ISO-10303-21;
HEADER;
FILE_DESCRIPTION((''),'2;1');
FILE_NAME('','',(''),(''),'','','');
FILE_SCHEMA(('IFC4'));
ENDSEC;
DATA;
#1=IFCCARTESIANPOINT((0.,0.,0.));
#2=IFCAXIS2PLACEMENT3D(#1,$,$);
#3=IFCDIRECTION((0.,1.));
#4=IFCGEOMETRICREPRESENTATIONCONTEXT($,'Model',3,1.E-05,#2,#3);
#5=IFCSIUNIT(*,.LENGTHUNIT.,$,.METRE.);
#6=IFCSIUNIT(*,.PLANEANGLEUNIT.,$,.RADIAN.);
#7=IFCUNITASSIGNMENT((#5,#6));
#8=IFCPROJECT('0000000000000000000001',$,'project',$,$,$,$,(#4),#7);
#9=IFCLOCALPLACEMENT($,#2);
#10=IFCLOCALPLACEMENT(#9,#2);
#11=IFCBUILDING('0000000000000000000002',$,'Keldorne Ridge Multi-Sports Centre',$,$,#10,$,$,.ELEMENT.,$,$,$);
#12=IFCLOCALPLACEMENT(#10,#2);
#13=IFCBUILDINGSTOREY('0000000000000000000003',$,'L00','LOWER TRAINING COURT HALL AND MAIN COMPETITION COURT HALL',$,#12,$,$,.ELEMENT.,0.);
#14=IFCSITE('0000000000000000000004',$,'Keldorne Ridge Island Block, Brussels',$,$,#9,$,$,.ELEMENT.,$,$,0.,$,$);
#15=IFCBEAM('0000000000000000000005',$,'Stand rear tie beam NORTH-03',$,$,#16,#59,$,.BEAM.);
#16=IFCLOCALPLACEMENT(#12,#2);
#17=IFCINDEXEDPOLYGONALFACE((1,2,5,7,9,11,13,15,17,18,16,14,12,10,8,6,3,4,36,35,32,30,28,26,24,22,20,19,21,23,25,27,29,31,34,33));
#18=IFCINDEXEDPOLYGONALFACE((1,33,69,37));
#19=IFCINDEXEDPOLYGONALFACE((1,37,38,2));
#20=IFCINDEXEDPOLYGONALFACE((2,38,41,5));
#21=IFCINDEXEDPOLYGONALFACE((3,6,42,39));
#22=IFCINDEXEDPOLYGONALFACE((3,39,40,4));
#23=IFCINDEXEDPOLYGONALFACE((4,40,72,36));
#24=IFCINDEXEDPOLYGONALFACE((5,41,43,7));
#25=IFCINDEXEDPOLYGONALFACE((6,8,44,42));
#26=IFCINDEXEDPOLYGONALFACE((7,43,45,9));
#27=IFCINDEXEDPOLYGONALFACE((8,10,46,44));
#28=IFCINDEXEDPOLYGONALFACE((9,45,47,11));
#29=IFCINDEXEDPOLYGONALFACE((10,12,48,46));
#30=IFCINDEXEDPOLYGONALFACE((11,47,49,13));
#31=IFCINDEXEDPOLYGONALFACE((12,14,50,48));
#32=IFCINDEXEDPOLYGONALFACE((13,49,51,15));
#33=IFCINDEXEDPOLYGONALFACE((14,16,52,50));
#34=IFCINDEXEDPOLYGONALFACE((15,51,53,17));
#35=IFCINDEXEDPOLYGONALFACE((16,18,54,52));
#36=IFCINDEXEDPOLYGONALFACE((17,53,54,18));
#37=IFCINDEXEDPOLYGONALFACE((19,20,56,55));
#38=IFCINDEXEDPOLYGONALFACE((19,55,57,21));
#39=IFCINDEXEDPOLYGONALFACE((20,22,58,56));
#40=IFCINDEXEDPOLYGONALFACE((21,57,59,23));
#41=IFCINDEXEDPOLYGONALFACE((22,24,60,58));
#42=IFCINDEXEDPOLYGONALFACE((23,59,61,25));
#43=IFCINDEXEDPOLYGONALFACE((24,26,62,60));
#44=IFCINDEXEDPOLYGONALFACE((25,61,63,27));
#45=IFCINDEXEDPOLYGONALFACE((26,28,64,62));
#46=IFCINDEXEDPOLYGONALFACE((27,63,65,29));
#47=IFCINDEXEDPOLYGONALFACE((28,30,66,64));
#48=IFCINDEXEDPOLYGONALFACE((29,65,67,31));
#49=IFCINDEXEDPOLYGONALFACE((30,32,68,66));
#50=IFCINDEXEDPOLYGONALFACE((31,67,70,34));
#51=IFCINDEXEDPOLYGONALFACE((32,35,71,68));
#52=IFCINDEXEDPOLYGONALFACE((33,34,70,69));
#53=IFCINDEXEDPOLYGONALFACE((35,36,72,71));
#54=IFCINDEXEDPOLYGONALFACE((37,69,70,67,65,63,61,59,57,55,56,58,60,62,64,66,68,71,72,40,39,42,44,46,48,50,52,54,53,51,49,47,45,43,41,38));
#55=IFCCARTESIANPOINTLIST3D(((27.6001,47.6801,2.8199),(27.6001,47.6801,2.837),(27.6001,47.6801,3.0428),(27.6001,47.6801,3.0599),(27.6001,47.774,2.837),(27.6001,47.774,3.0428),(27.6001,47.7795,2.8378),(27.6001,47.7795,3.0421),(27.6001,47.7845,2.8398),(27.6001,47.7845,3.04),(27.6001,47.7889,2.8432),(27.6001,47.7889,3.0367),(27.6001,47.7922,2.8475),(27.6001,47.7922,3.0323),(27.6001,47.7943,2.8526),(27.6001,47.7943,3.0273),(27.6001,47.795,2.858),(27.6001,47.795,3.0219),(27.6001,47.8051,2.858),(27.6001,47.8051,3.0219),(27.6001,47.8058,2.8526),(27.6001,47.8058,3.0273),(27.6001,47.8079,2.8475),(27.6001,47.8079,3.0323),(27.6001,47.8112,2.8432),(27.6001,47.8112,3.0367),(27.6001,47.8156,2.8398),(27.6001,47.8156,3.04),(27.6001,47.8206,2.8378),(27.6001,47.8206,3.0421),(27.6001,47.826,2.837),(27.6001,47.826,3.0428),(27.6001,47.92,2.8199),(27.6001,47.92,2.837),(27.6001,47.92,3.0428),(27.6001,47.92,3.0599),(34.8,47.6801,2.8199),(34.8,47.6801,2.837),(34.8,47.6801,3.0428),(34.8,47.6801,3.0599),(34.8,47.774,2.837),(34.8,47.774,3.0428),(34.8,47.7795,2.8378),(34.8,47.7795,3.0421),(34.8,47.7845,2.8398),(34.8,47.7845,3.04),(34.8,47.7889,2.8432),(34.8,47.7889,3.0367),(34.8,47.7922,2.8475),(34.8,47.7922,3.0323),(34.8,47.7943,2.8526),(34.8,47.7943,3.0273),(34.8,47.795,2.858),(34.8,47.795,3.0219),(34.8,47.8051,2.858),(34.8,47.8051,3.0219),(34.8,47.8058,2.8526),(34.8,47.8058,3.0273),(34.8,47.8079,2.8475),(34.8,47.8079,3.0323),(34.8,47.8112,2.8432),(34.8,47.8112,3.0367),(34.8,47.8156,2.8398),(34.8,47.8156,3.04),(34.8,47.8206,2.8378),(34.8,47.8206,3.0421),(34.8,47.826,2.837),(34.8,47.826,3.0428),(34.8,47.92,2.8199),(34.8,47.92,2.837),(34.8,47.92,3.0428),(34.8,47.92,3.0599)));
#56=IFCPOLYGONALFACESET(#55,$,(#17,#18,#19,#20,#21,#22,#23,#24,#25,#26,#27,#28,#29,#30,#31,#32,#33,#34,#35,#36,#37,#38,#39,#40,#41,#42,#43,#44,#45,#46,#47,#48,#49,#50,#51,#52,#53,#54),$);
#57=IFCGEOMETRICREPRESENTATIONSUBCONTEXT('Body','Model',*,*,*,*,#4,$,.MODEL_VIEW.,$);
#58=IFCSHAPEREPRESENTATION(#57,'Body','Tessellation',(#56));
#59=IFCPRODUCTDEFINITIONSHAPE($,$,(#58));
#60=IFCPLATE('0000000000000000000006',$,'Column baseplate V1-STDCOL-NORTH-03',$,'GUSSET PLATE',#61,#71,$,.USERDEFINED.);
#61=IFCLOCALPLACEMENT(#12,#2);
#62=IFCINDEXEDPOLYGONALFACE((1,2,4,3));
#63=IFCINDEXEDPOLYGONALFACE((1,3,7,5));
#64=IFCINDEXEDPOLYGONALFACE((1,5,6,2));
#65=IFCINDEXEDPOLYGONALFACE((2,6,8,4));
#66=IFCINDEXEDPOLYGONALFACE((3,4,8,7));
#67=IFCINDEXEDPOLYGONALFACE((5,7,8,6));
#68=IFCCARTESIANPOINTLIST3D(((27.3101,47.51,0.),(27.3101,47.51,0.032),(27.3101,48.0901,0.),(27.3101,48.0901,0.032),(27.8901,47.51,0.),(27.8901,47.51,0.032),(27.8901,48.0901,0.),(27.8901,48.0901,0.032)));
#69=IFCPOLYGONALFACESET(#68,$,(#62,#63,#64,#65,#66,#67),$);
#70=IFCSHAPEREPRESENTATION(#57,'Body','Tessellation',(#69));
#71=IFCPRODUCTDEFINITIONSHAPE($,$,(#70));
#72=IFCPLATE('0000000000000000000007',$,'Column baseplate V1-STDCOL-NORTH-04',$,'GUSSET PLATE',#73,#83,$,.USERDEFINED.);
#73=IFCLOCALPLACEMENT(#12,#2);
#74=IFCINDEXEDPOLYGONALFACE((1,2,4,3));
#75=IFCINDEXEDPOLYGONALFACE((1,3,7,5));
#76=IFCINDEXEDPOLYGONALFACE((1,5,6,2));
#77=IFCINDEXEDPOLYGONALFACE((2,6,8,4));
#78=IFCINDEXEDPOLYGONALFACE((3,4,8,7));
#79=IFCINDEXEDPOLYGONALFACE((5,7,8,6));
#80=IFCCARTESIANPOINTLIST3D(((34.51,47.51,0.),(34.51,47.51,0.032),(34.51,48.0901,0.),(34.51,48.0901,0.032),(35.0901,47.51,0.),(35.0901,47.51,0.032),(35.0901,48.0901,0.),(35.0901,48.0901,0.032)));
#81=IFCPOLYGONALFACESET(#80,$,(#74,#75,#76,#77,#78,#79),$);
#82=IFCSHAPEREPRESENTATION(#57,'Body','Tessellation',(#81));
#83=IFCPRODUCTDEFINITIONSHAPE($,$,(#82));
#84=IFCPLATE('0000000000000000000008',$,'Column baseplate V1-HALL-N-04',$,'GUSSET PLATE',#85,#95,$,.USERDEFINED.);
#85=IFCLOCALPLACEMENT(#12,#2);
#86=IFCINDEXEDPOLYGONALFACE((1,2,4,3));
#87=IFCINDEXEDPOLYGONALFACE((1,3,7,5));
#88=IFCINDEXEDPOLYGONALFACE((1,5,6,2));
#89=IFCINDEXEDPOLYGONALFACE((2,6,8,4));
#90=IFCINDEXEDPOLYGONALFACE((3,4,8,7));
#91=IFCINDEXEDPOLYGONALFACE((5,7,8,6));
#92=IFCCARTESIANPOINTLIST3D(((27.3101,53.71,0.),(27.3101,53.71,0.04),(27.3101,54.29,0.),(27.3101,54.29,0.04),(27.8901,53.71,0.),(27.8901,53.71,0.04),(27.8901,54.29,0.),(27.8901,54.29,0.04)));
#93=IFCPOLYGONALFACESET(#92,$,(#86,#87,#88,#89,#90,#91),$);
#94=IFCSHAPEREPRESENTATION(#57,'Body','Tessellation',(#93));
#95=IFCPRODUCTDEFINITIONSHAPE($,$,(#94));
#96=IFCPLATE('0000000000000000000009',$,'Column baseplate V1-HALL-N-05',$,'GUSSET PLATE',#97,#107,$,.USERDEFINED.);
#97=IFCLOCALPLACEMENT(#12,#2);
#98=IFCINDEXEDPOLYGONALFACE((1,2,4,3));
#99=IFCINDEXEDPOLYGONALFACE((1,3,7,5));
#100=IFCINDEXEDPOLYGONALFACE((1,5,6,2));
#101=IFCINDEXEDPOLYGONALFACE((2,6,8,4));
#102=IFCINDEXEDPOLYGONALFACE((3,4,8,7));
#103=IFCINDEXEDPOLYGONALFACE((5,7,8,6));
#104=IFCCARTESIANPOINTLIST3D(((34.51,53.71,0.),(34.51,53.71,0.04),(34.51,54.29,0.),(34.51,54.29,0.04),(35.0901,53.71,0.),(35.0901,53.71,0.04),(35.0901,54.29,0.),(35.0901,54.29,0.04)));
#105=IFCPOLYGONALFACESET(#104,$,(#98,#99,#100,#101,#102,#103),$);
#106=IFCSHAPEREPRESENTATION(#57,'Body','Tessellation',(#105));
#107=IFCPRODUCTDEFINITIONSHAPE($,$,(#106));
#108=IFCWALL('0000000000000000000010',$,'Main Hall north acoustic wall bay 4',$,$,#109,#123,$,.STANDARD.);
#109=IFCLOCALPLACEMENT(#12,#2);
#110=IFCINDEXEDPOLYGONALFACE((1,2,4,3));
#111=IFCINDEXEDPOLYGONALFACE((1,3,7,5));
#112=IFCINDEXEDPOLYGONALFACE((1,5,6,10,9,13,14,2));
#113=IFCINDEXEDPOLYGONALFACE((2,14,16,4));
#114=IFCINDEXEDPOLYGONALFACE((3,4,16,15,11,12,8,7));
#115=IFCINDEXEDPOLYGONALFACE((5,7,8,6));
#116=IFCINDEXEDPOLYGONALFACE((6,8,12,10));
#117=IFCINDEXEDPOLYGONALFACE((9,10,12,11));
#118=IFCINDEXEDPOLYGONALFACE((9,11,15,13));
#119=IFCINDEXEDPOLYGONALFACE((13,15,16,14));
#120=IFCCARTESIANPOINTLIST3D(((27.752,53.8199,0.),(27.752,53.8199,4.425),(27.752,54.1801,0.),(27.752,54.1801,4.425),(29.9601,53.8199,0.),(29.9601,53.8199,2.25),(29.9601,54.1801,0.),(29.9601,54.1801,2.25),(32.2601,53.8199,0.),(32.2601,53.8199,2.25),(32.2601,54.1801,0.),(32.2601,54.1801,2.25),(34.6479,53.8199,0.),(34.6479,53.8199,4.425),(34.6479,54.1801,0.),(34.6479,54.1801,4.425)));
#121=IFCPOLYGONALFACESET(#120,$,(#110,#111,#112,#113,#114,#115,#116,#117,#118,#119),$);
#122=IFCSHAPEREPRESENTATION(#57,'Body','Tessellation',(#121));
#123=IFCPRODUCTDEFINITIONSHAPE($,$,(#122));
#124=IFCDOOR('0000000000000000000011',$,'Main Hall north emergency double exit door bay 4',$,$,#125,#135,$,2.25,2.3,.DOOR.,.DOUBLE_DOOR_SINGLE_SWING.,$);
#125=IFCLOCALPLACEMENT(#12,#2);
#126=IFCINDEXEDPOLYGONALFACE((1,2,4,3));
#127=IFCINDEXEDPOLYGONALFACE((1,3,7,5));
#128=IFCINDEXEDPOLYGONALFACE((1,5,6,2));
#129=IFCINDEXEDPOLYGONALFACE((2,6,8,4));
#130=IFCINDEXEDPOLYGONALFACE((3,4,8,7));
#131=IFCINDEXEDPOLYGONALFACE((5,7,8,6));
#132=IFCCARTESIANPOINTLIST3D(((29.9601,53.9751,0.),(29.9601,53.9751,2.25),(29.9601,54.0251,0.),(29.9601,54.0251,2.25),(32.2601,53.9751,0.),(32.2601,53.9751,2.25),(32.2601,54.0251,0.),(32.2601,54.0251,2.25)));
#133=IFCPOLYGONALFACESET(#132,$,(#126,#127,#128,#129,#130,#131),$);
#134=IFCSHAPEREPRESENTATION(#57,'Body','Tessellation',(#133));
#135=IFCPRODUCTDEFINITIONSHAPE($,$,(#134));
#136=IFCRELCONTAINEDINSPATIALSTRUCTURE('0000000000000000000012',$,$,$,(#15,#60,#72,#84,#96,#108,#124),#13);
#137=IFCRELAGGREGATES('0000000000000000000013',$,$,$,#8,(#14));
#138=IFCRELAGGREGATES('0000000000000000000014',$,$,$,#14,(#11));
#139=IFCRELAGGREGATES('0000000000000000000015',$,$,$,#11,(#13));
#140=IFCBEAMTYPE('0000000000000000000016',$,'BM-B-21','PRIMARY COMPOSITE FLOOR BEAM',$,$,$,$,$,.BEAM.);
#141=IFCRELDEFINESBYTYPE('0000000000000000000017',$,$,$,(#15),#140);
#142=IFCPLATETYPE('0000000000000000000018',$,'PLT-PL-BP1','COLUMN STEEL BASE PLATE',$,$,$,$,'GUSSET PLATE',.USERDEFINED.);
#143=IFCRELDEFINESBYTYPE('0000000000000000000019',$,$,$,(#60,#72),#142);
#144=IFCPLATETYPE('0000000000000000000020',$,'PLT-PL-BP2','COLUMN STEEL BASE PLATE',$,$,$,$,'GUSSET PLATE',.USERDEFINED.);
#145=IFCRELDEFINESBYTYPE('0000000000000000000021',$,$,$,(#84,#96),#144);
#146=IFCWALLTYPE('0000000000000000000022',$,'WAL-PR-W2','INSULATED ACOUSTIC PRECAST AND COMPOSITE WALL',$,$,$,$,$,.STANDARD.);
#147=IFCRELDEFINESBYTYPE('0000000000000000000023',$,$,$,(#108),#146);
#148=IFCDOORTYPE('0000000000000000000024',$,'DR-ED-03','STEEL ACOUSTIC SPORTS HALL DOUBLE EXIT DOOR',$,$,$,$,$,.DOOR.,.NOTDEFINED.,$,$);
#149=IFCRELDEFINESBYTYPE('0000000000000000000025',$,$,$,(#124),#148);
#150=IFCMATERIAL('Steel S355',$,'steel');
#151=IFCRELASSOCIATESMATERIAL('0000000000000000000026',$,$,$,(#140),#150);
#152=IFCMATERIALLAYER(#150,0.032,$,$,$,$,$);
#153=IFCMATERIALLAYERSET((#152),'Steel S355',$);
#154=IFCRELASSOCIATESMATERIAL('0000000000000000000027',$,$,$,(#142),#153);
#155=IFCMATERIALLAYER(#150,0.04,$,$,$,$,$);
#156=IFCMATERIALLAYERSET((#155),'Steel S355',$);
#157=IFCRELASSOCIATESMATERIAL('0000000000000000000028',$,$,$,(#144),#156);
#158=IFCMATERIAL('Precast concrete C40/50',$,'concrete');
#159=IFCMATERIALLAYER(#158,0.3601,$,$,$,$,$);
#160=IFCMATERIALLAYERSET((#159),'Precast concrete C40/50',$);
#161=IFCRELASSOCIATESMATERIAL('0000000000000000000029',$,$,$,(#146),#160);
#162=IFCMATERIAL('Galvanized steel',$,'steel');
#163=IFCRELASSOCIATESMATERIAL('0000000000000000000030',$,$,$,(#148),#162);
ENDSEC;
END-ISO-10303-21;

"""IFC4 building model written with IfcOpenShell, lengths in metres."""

from ifc_helpers import new_model, si_unit, direction, frame, frame_2d, origin, origin_2d, place, context, subcontext, project, spatial, rectangle, i_section, extrude, material, layer, layer_set, material_profile, profile_set, type_object, element, fill, save


model = new_model("IFC4")

# Units and contexts
model_context = context("Model", 3, precision=1e-05, world=origin(), true_north=direction((0.0, 1.0)))
body_context = subcontext(model_context, "Body", "Model", "MODEL_VIEW")
ifc_project = project(units=[si_unit("LENGTHUNIT", "METRE"), si_unit("PLANEANGLEUNIT", "RADIAN")], contexts=[model_context])

# Site, building, storey
site_placement = place(None, origin())
site = spatial("IfcSite", under=ifc_project, at=site_placement, Name="Keldorne Ridge Island Block, Brussels", CompositionType="ELEMENT", RefElevation=0.0)
building_placement = place(site_placement, origin())
building = spatial("IfcBuilding", under=site, at=building_placement, Name="Keldorne Ridge Multi-Sports Centre", CompositionType="ELEMENT")
storey_placement = place(building_placement, origin())
storey = spatial("IfcBuildingStorey", under=building, at=storey_placement, Name="L00", Description="LOWER TRAINING COURT HALL AND MAIN COMPETITION COURT HALL", CompositionType="ELEMENT", Elevation=0.0)

# Shared definitions
ifc_material_1 = material(Name="Steel S355", Category="steel")

# Beam
ifc_material_profile_1 = material_profile(ifc_material_1, i_section(OverallWidth=0.24, OverallDepth=0.24, WebThickness=0.01, FlangeThickness=0.0171, FilletRadius=0.021, at=origin_2d()), Name="HEB 240")
ifc_profile_set_1 = profile_set([ifc_material_profile_1], Name="Steel S355")
beam_type = type_object("IfcBeamType", Name="BM-B-21", Description="PRIMARY COMPOSITE FLOOR BEAM", PredefinedType="BEAM", material=ifc_profile_set_1)
beam_placement = place(storey_placement, frame((27.6001, 47.8, 2.9399), z_axis=(1.0, 0.0, 0.0), x_axis=(0.0, 1.0, 0.0)))
element("IfcBeam", 1, at=beam_placement, inside=storey, type_object=beam_type, Name="Stand rear tie beam NORTH-03", PredefinedType="BEAM", context=body_context, shape_type="SweptSolid", body=[
    extrude(i_section(OverallWidth=0.24, OverallDepth=0.24, WebThickness=0.01, FlangeThickness=0.0171, FilletRadius=0.021, at=origin_2d()), origin(), (0.0, 0.0, 1.0), 7.2),
])

# Plates
ifc_layer_1 = layer(ifc_material_1, 0.032)
ifc_layer_set_1 = layer_set([ifc_layer_1], Name="Steel S355")
plate_type_1 = type_object("IfcPlateType", Name="PLT-PL-BP1", Description="COLUMN STEEL BASE PLATE", ElementType="GUSSET PLATE", PredefinedType="USERDEFINED", material=ifc_layer_set_1)
for number, where, z_axis, x_axis, name in (
    (2, (27.6001, 47.8, 0.0), (0.0, 0.0, 1.0), (1.0, 0.0, 0.0), "Column baseplate V1-STDCOL-NORTH-03"),
    (3, (34.8, 47.8, 0.0), (0.0, 0.0, 1.0), (1.0, 0.0, 0.0), "Column baseplate V1-STDCOL-NORTH-04"),
):
    element("IfcPlate", number, at=place(storey_placement, frame(where, z_axis=z_axis, x_axis=x_axis)), inside=storey, type_object=plate_type_1, Name=name, ObjectType="GUSSET PLATE", PredefinedType="USERDEFINED", context=body_context, shape_type="SweptSolid", body=[
        extrude(rectangle(XDim=0.5801, YDim=0.5801, at=origin_2d()), origin(), (0.0, 0.0, 1.0), 0.032),
    ])
ifc_layer_2 = layer(ifc_material_1, 0.04)
ifc_layer_set_2 = layer_set([ifc_layer_2], Name="Steel S355")
plate_type_2 = type_object("IfcPlateType", Name="PLT-PL-BP2", Description="COLUMN STEEL BASE PLATE", ElementType="GUSSET PLATE", PredefinedType="USERDEFINED", material=ifc_layer_set_2)
for number, where, z_axis, x_axis, name in (
    (4, (27.6001, 54.0, 0.0), (0.0, 0.0, 1.0), (1.0, 0.0, 0.0), "Column baseplate V1-HALL-N-04"),
    (5, (34.8, 54.0, 0.0), (0.0, 0.0, 1.0), (1.0, 0.0, 0.0), "Column baseplate V1-HALL-N-05"),
):
    element("IfcPlate", number, at=place(storey_placement, frame(where, z_axis=z_axis, x_axis=x_axis)), inside=storey, type_object=plate_type_2, Name=name, ObjectType="GUSSET PLATE", PredefinedType="USERDEFINED", context=body_context, shape_type="SweptSolid", body=[
        extrude(rectangle(XDim=0.5801, YDim=0.5801, at=origin_2d()), origin(), (0.0, 0.0, 1.0), 0.04),
    ])

# Wall, opening, door
ifc_material_2 = material(Name="Precast concrete C40/50", Category="concrete")
ifc_layer_3 = layer(ifc_material_2, 0.3601)
ifc_layer_set_3 = layer_set([ifc_layer_3], Name="Precast concrete C40/50")
wall_type = type_object("IfcWallType", Name="WAL-PR-W2", Description="INSULATED ACOUSTIC PRECAST AND COMPOSITE WALL", PredefinedType="STANDARD", material=ifc_layer_set_3)
wall_placement = place(storey_placement, frame((34.6479, 54.0, 0.0), z_axis=(0.0, 0.0, 1.0), x_axis=(-1.0, 0.0, 0.0)))
wall = element("IfcWall", 6, at=wall_placement, inside=storey, type_object=wall_type, Name="Main Hall north acoustic wall bay 4", PredefinedType="STANDARD", context=body_context, shape_type="SweptSolid", body=[
    extrude(rectangle(XDim=6.896, YDim=0.3601, at=frame_2d((3.448, 0.0))), origin(), (0.0, 0.0, 1.0), 4.425),
])
opening_placement = place(wall_placement, frame((2.3879, 0.0, 0.0)))
opening = element("IfcOpeningElement", 7, at=opening_placement, cuts=wall, PredefinedType="OPENING", context=body_context, shape_type="SweptSolid", body=[
    extrude(rectangle(XDim=2.3, YDim=2.25, at=frame_2d((1.1499, 1.125))), frame((0.0, 0.1899, 0.0), z_axis=(0.0, -1.0, 0.0), x_axis=(1.0, 0.0, 0.0)), (0.0, 0.0, 1.0), 0.3801),
])
ifc_material_3 = material(Name="Galvanized steel", Category="steel")
door_type = type_object("IfcDoorType", Name="DR-ED-03", Description="STEEL ACOUSTIC SPORTS HALL DOUBLE EXIT DOOR", OperationType="NOTDEFINED", PredefinedType="DOOR", material=ifc_material_3)
door_placement = place(opening_placement, origin())
door = element("IfcDoor", 8, at=door_placement, inside=storey, type_object=door_type, Name="Main Hall north emergency double exit door bay 4", OperationType="DOUBLE_DOOR_SINGLE_SWING", OverallHeight=2.25, OverallWidth=2.3, PredefinedType="DOOR", context=body_context, shape_type="SweptSolid", body=[
    extrude(rectangle(XDim=2.3, YDim=2.25, at=frame_2d((1.1499, 1.125))), frame((0.0, 0.0249, 0.0), z_axis=(0.0, -1.0, 0.0), x_axis=(1.0, 0.0, 0.0)), (0.0, 0.0, 1.0), 0.05),
])
fill(opening, door)

save(model, "model.ifc")
